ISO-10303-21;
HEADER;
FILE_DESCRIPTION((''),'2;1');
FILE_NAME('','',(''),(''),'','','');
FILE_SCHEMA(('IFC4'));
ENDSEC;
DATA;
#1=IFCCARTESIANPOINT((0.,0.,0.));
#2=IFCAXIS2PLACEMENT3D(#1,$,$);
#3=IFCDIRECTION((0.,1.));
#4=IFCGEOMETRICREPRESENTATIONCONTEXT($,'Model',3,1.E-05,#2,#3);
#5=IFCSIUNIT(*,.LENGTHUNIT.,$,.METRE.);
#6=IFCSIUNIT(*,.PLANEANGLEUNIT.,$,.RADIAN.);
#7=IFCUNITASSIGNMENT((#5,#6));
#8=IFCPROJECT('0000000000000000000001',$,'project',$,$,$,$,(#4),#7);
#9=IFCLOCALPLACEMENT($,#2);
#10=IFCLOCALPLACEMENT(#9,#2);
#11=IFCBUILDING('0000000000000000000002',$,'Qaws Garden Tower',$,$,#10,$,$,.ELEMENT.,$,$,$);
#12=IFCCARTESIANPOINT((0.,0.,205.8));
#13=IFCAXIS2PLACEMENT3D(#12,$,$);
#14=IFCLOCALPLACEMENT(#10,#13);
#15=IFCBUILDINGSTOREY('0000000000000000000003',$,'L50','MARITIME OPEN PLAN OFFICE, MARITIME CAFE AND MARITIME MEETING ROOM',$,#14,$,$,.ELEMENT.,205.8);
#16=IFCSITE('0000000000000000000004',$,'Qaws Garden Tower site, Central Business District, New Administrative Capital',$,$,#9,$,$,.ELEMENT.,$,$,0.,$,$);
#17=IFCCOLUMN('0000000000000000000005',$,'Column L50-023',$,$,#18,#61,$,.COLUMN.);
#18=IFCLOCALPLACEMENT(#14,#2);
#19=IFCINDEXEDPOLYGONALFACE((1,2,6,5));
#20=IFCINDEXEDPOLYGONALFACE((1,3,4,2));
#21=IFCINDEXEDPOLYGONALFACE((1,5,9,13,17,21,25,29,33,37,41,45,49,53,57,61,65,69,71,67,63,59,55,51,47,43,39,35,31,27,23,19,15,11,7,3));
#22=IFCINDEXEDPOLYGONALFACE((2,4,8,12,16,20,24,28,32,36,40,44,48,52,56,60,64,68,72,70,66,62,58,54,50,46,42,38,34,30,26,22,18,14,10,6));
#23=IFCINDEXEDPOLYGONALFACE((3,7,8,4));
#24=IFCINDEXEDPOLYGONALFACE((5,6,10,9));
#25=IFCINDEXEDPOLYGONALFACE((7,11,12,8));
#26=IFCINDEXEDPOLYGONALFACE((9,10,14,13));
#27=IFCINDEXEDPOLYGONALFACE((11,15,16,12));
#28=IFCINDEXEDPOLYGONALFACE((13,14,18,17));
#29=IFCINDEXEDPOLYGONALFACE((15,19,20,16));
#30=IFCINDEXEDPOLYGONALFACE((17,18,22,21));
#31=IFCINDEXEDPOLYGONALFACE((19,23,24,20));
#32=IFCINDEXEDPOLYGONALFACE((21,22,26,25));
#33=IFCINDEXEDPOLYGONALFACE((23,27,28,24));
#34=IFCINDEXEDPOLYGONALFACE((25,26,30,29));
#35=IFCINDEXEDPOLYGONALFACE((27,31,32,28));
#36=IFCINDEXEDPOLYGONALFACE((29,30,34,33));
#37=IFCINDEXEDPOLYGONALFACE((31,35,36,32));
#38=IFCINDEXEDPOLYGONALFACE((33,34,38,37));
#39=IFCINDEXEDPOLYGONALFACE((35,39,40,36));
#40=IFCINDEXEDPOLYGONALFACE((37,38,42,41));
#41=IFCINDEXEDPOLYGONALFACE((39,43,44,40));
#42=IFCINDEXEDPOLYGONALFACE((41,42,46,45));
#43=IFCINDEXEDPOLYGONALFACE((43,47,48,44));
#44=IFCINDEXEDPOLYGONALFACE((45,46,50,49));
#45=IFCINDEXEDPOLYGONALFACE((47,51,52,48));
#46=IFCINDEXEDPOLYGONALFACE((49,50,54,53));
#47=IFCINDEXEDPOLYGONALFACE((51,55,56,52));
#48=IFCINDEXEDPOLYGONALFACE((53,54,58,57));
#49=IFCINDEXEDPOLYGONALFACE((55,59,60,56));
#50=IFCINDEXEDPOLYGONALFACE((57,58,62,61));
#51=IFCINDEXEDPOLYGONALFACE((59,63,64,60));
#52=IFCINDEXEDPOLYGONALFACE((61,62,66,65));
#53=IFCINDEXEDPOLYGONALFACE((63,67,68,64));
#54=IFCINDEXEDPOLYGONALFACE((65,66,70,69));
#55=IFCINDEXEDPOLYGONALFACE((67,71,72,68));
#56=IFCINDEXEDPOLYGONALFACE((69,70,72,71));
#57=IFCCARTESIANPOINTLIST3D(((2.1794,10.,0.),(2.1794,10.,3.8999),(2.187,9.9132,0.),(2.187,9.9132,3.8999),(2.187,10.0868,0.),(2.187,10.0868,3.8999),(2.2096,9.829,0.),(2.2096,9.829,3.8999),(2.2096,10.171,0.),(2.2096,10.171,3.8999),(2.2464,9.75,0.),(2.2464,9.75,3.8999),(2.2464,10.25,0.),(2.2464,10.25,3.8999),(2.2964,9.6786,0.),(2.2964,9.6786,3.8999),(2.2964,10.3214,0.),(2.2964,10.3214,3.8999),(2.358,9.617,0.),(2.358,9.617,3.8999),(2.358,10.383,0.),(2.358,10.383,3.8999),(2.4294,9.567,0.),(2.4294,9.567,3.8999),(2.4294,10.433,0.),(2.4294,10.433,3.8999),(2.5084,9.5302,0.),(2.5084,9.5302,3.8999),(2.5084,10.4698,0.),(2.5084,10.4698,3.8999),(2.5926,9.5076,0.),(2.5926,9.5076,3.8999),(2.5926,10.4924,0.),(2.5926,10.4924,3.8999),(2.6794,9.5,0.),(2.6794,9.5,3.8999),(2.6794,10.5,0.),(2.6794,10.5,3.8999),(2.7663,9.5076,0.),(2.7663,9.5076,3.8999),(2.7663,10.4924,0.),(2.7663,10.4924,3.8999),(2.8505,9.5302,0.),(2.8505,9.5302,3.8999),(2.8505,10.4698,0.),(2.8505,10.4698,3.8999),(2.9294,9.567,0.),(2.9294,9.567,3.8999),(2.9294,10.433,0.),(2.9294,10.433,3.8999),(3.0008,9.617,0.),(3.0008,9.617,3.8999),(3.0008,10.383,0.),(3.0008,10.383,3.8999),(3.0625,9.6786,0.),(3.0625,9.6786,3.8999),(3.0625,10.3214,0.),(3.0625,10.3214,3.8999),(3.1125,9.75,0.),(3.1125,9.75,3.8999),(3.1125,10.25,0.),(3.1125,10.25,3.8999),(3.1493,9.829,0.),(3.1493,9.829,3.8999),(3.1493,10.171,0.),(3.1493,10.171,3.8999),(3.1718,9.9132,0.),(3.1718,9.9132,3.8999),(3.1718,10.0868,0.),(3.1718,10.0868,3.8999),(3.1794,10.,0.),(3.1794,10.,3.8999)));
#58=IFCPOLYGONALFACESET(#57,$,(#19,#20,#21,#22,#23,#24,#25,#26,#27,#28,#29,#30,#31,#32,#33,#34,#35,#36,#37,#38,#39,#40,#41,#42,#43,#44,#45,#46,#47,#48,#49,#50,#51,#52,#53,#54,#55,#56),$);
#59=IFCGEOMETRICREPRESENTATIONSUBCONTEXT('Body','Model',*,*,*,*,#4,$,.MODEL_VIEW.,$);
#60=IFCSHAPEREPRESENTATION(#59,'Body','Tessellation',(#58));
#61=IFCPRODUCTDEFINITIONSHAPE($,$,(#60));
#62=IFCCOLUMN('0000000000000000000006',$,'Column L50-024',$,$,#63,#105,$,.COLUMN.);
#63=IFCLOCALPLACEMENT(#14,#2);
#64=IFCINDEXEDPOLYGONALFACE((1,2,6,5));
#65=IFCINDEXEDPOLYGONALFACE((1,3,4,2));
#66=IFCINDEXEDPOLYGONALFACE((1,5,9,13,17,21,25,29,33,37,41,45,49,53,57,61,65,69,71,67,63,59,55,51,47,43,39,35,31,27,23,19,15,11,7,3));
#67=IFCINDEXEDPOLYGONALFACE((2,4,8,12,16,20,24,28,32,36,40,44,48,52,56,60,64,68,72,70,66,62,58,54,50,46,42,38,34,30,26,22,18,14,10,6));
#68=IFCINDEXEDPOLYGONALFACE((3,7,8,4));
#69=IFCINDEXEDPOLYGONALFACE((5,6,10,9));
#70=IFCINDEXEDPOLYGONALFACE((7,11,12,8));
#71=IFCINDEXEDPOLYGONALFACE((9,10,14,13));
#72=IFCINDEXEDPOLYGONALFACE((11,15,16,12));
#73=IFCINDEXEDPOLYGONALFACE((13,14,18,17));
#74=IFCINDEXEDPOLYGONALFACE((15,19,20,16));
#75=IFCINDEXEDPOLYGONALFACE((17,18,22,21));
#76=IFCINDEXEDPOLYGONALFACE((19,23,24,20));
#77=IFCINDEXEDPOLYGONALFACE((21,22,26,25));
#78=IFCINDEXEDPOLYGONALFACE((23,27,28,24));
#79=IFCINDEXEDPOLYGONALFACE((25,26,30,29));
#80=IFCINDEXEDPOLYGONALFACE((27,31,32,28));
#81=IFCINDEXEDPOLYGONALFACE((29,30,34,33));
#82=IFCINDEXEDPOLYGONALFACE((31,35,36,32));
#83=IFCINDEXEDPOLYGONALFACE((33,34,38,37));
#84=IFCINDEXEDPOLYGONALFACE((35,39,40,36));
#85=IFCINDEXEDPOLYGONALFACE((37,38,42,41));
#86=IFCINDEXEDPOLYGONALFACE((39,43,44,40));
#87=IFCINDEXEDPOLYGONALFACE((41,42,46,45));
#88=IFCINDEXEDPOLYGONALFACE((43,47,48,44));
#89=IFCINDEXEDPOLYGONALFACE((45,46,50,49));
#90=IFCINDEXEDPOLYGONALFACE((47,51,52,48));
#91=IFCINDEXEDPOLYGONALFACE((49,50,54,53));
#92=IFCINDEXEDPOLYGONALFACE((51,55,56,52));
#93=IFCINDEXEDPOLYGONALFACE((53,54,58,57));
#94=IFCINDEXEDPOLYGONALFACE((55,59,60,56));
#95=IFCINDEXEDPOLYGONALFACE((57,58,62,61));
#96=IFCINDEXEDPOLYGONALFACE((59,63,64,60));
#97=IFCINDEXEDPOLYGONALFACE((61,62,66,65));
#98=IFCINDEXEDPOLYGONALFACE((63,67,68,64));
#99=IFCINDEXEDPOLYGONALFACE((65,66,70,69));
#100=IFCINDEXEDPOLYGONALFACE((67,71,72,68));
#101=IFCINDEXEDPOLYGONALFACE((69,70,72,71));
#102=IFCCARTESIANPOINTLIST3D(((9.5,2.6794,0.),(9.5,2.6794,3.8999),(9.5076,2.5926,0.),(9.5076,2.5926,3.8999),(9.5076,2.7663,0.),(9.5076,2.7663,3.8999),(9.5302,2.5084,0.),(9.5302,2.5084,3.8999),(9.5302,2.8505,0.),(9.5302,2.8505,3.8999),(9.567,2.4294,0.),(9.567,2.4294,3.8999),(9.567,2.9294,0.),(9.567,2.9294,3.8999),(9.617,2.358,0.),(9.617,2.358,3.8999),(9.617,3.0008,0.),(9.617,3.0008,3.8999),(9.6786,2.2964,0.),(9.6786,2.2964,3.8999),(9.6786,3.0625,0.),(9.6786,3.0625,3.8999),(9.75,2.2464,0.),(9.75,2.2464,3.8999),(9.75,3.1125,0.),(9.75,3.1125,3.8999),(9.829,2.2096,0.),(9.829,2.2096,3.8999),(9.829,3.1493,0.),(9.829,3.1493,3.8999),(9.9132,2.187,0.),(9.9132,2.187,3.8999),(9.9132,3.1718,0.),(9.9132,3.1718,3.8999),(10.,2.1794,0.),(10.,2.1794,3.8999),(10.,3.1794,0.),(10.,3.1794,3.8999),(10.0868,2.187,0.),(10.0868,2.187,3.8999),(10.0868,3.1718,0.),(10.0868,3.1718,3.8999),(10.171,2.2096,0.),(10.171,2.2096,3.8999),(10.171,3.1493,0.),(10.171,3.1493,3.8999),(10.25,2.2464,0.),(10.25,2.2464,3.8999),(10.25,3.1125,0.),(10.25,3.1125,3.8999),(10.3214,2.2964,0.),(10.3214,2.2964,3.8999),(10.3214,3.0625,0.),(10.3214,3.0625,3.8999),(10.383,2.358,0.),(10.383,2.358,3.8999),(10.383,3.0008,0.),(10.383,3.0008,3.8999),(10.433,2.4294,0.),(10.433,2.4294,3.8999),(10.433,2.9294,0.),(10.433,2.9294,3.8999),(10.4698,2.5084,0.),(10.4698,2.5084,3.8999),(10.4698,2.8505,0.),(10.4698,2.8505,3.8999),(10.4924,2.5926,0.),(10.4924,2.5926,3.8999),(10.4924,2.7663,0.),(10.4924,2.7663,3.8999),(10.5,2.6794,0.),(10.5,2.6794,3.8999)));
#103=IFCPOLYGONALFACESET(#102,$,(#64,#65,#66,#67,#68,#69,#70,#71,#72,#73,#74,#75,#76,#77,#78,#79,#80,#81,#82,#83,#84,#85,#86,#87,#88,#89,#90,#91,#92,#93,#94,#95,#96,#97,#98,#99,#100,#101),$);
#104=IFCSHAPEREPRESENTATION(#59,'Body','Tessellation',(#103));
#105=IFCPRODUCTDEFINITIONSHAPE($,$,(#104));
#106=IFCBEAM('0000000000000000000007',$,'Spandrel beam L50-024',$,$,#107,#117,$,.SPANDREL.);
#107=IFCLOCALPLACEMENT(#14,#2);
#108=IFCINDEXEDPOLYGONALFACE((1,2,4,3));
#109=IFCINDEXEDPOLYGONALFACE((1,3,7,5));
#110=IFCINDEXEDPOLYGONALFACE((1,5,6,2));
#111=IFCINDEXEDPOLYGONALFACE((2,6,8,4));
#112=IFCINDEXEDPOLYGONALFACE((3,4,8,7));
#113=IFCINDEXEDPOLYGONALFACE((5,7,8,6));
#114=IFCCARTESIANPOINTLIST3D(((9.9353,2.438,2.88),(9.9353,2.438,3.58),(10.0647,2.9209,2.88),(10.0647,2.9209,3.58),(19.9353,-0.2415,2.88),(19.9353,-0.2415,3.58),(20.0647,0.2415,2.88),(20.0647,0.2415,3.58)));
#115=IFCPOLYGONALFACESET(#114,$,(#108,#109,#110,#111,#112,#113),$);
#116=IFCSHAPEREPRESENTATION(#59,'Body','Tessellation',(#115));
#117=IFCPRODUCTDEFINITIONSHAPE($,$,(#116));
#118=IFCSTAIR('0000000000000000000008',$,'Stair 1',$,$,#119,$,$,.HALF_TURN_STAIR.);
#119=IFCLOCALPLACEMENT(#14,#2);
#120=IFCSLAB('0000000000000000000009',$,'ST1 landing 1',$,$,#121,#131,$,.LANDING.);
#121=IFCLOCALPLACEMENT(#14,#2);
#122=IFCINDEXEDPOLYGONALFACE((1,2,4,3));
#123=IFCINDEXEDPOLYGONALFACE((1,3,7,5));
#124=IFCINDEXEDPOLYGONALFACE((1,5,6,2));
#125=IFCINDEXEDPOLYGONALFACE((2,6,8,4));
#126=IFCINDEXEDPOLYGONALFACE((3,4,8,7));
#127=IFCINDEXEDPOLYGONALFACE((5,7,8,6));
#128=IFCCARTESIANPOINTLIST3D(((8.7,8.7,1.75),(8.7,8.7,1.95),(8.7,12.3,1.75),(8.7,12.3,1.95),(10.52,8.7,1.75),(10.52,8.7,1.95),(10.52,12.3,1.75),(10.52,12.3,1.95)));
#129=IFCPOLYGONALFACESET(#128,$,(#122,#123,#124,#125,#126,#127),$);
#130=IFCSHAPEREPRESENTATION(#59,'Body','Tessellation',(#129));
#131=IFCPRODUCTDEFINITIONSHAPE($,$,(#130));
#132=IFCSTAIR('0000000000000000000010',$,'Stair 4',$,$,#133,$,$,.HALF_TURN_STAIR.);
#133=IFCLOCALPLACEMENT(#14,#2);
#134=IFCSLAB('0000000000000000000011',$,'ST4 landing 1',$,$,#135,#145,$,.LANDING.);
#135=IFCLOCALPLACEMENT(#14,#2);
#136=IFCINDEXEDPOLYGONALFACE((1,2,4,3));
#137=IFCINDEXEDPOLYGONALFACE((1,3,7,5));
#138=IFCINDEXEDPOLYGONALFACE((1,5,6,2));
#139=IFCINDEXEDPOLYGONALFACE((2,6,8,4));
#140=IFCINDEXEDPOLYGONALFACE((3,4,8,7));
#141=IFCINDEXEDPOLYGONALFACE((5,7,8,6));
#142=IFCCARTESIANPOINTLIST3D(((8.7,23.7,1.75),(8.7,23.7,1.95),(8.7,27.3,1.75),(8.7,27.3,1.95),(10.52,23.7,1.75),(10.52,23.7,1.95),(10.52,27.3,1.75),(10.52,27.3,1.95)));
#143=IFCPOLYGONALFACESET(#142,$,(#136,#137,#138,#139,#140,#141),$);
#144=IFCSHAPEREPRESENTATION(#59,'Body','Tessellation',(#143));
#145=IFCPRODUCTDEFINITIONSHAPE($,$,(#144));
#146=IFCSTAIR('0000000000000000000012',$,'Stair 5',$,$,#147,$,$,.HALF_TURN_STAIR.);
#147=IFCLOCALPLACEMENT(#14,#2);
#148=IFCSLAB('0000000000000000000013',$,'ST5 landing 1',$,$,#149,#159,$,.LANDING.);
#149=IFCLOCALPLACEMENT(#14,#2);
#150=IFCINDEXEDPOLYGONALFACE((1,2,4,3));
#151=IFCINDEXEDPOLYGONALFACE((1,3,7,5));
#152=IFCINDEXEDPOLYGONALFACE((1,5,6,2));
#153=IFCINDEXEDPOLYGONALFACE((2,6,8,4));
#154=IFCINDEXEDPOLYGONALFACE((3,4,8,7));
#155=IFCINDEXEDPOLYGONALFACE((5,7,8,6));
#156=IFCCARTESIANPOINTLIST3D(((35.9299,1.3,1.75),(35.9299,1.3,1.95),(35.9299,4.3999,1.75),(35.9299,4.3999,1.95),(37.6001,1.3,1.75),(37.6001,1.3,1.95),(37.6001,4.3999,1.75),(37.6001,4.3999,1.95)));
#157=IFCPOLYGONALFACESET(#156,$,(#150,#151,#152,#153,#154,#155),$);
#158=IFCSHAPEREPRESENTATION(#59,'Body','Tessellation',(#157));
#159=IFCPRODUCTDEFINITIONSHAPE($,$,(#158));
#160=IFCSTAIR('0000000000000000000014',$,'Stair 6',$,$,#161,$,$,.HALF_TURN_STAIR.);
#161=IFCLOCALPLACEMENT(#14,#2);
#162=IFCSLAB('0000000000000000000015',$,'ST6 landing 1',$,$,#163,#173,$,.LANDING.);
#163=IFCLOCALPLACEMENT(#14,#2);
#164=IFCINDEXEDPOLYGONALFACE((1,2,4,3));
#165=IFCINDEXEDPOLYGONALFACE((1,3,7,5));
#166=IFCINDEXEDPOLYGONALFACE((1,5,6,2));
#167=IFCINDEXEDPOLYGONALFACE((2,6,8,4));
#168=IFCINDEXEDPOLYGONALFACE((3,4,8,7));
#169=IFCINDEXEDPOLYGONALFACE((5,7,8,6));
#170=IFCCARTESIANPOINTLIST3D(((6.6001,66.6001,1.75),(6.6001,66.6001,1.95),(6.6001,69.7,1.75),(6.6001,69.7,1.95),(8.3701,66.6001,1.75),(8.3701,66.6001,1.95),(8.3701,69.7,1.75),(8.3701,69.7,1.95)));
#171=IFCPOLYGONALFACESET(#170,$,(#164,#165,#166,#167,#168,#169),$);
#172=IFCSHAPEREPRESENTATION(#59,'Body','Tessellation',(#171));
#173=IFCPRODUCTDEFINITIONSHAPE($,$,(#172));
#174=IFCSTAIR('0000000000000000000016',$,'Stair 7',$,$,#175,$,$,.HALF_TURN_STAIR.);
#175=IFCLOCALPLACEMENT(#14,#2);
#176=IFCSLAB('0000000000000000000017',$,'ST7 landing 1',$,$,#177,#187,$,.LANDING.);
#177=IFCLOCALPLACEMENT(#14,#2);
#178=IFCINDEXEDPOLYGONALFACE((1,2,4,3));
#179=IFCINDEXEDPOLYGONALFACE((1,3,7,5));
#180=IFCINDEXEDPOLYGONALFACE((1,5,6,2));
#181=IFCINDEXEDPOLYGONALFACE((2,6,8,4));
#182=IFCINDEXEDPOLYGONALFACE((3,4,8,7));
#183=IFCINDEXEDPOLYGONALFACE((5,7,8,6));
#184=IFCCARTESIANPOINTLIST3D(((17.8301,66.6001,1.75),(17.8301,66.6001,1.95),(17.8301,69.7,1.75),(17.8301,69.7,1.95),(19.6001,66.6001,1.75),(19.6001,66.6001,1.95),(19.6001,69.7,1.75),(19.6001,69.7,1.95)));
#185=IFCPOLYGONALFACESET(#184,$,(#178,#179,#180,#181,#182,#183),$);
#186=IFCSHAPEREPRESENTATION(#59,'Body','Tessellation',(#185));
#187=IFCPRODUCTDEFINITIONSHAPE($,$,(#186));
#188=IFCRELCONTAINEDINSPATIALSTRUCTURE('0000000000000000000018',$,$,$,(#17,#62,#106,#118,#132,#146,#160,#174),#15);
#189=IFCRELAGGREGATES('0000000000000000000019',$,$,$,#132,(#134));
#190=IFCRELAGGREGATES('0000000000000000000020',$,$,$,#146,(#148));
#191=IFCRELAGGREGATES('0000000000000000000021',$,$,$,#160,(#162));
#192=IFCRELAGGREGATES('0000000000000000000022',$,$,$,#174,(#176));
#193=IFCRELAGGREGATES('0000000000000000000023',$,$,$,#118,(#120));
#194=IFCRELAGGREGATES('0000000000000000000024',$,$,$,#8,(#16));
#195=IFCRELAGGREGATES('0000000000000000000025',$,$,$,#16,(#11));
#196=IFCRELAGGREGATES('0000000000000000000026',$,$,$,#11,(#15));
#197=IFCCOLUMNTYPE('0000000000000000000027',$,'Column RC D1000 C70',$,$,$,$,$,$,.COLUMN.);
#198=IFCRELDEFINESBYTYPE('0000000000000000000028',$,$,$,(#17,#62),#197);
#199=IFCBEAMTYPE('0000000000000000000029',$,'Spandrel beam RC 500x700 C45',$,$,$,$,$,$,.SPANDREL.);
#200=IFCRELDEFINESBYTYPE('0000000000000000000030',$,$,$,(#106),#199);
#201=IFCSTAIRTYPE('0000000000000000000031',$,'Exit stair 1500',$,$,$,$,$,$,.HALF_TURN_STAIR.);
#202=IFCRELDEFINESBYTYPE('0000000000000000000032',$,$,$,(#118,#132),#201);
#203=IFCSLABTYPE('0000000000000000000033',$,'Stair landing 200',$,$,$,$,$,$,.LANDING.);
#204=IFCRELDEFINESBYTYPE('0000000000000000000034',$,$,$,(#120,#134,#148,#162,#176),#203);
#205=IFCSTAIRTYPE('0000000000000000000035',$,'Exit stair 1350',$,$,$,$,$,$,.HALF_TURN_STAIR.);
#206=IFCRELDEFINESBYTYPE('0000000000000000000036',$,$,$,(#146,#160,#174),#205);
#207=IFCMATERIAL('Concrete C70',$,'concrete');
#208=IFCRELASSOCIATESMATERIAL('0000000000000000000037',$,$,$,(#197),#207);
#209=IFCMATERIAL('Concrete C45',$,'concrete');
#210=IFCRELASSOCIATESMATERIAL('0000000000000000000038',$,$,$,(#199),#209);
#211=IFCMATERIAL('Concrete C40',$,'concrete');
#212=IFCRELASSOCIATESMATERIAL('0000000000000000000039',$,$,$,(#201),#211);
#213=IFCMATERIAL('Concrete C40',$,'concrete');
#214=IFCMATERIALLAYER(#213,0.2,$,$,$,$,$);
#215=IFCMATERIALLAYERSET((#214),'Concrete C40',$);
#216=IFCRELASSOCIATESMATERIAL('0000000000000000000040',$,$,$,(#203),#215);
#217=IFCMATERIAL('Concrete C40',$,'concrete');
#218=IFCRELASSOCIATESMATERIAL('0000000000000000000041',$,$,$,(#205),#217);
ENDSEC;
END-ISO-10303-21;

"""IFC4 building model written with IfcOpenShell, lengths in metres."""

from ifc_helpers import new_model, si_unit, direction, frame, origin, origin_2d, place, context, subcontext, project, spatial, polyline, rectangle, circle, outline, extrude, material, layer, layer_set, material_profile, profile_set, type_object, element, aggregate, save


model = new_model("IFC4")

# Units and contexts
model_context = context("Model", 3, precision=1e-05, world=origin(), true_north=direction((0.0, 1.0)))
body_context = subcontext(model_context, "Body", "Model", "MODEL_VIEW")
ifc_project = project(units=[si_unit("LENGTHUNIT", "METRE"), si_unit("PLANEANGLEUNIT", "RADIAN")], contexts=[model_context])

# Site, building, storey
site_placement = place(None, origin())
site = spatial("IfcSite", under=ifc_project, at=site_placement, Name="Qaws Garden Tower site, Central Business District, New Administrative Capital", CompositionType="ELEMENT", RefElevation=0.0)
building_placement = place(site_placement, origin())
building = spatial("IfcBuilding", under=site, at=building_placement, Name="Qaws Garden Tower", CompositionType="ELEMENT")
storey_placement = place(building_placement, frame((0.0, 0.0, 205.8)))
storey = spatial("IfcBuildingStorey", under=building, at=storey_placement, Name="L50", Description="MARITIME OPEN PLAN OFFICE, MARITIME CAFE AND MARITIME MEETING ROOM", CompositionType="ELEMENT", Elevation=205.8)

# Columns
ifc_material_1 = material(Name="Concrete C70", Category="concrete")
ifc_material_profile_1 = material_profile(ifc_material_1, circle(Radius=0.5, at=origin_2d()), Name="RC D1000")
ifc_profile_set_1 = profile_set([ifc_material_profile_1], Name="Concrete C70")
column_type = type_object("IfcColumnType", Name="Column RC D1000 C70", PredefinedType="COLUMN", material=ifc_profile_set_1)
for number, where, z_axis, x_axis, name in (
    (1, (2.6794, 10.0, 0.0), (0.0, 0.0, 1.0), (1.0, 0.0, 0.0), "Column L50-023"),
    (2, (10.0, 2.6794, 0.0), (0.0, 0.0, 1.0), (1.0, 0.0, 0.0), "Column L50-024"),
):
    element("IfcColumn", number, at=place(storey_placement, frame(where, z_axis=z_axis, x_axis=x_axis)), inside=storey, type_object=column_type, Name=name, PredefinedType="COLUMN", context=body_context, shape_type="SweptSolid", body=[
        extrude(circle(Radius=0.5, at=origin_2d()), origin(), (0.0, 0.0, 1.0), 3.8999),
    ])

# Beam
ifc_material_2 = material(Name="Concrete C45", Category="concrete")
ifc_material_profile_2 = material_profile(ifc_material_2, rectangle(XDim=0.5, YDim=0.7, at=origin_2d()), Name="RC 500x700")
ifc_profile_set_2 = profile_set([ifc_material_profile_2], Name="Concrete C45")
beam_type = type_object("IfcBeamType", Name="Spandrel beam RC 500x700 C45", PredefinedType="SPANDREL", material=ifc_profile_set_2)
beam_placement = place(storey_placement, frame((10.0, 2.6794, 3.23), z_axis=(0.965927, -0.258815, 0.0), x_axis=(0.258815, 0.965927, 0.0)))
element("IfcBeam", 3, at=beam_placement, inside=storey, type_object=beam_type, Name="Spandrel beam L50-024", PredefinedType="SPANDREL", context=body_context, shape_type="SweptSolid", body=[
    extrude(rectangle(XDim=0.5, YDim=0.7, at=origin_2d()), origin(), (0.0, 0.0, 1.0), 10.3528),
])

# Stairs, slabs
ifc_material_3 = material(Name="Concrete C40", Category="concrete")
stair_type_1 = type_object("IfcStairType", Name="Exit stair 1500", PredefinedType="HALF_TURN_STAIR", material=ifc_material_3)
placement_1 = place(storey_placement, origin())
stair_1 = element("IfcStair", 4, at=placement_1, inside=storey, type_object=stair_type_1, Name="Stair 1", PredefinedType="HALF_TURN_STAIR")
ifc_material_4 = material(Name="Concrete C40", Category="concrete")
ifc_layer_1 = layer(ifc_material_4, 0.2)
ifc_layer_set_1 = layer_set([ifc_layer_1], Name="Concrete C40")
slab_type = type_object("IfcSlabType", Name="Stair landing 200", PredefinedType="LANDING", material=ifc_layer_set_1)
placement_2 = place(storey_placement, frame((0.0, 0.0, 1.75)))
slab_1 = element("IfcSlab", 5, at=placement_2, type_object=slab_type, Name="ST1 landing 1", PredefinedType="LANDING", context=body_context, shape_type="SweptSolid", body=[
    extrude(outline(polyline([(8.7, 8.7), (10.52, 8.7), (10.52, 12.3), (8.7, 12.3), (8.7, 8.7)])), origin(), (0.0, 0.0, 1.0), 0.2),
])
stair_2 = element("IfcStair", 6, at=placement_1, inside=storey, type_object=stair_type_1, Name="Stair 4", PredefinedType="HALF_TURN_STAIR")
slab_2 = element("IfcSlab", 7, at=placement_2, type_object=slab_type, Name="ST4 landing 1", PredefinedType="LANDING", context=body_context, shape_type="SweptSolid", body=[
    extrude(outline(polyline([(8.7, 23.7), (10.52, 23.7), (10.52, 27.3), (8.7, 27.3), (8.7, 23.7)])), origin(), (0.0, 0.0, 1.0), 0.2),
])
aggregate(stair_2, [slab_2])
ifc_material_5 = material(Name="Concrete C40", Category="concrete")
stair_type_2 = type_object("IfcStairType", Name="Exit stair 1350", PredefinedType="HALF_TURN_STAIR", material=ifc_material_5)
stair_3 = element("IfcStair", 8, at=placement_1, inside=storey, type_object=stair_type_2, Name="Stair 5", PredefinedType="HALF_TURN_STAIR")
slab_3 = element("IfcSlab", 9, at=placement_2, type_object=slab_type, Name="ST5 landing 1", PredefinedType="LANDING", context=body_context, shape_type="SweptSolid", body=[
    extrude(outline(polyline([(35.9299, 1.3), (37.6001, 1.3), (37.6001, 4.3999), (35.9299, 4.3999), (35.9299, 1.3)])), origin(), (0.0, 0.0, 1.0), 0.2),
])
aggregate(stair_3, [slab_3])
stair_4 = element("IfcStair", 10, at=placement_1, inside=storey, type_object=stair_type_2, Name="Stair 6", PredefinedType="HALF_TURN_STAIR")
slab_4 = element("IfcSlab", 11, at=placement_2, type_object=slab_type, Name="ST6 landing 1", PredefinedType="LANDING", context=body_context, shape_type="SweptSolid", body=[
    extrude(outline(polyline([(6.6001, 66.6001), (8.3701, 66.6001), (8.3701, 69.7), (6.6001, 69.7), (6.6001, 66.6001)])), origin(), (0.0, 0.0, 1.0), 0.2),
])
aggregate(stair_4, [slab_4])
stair_5 = element("IfcStair", 12, at=placement_1, inside=storey, type_object=stair_type_2, Name="Stair 7", PredefinedType="HALF_TURN_STAIR")
slab_5 = element("IfcSlab", 13, at=placement_2, type_object=slab_type, Name="ST7 landing 1", PredefinedType="LANDING", context=body_context, shape_type="SweptSolid", body=[
    extrude(outline(polyline([(17.8301, 66.6001), (19.6001, 66.6001), (19.6001, 69.7), (17.8301, 69.7), (17.8301, 66.6001)])), origin(), (0.0, 0.0, 1.0), 0.2),
])
aggregate(stair_5, [slab_5])

aggregate(stair_1, [slab_1])

save(model, "model.ifc")
